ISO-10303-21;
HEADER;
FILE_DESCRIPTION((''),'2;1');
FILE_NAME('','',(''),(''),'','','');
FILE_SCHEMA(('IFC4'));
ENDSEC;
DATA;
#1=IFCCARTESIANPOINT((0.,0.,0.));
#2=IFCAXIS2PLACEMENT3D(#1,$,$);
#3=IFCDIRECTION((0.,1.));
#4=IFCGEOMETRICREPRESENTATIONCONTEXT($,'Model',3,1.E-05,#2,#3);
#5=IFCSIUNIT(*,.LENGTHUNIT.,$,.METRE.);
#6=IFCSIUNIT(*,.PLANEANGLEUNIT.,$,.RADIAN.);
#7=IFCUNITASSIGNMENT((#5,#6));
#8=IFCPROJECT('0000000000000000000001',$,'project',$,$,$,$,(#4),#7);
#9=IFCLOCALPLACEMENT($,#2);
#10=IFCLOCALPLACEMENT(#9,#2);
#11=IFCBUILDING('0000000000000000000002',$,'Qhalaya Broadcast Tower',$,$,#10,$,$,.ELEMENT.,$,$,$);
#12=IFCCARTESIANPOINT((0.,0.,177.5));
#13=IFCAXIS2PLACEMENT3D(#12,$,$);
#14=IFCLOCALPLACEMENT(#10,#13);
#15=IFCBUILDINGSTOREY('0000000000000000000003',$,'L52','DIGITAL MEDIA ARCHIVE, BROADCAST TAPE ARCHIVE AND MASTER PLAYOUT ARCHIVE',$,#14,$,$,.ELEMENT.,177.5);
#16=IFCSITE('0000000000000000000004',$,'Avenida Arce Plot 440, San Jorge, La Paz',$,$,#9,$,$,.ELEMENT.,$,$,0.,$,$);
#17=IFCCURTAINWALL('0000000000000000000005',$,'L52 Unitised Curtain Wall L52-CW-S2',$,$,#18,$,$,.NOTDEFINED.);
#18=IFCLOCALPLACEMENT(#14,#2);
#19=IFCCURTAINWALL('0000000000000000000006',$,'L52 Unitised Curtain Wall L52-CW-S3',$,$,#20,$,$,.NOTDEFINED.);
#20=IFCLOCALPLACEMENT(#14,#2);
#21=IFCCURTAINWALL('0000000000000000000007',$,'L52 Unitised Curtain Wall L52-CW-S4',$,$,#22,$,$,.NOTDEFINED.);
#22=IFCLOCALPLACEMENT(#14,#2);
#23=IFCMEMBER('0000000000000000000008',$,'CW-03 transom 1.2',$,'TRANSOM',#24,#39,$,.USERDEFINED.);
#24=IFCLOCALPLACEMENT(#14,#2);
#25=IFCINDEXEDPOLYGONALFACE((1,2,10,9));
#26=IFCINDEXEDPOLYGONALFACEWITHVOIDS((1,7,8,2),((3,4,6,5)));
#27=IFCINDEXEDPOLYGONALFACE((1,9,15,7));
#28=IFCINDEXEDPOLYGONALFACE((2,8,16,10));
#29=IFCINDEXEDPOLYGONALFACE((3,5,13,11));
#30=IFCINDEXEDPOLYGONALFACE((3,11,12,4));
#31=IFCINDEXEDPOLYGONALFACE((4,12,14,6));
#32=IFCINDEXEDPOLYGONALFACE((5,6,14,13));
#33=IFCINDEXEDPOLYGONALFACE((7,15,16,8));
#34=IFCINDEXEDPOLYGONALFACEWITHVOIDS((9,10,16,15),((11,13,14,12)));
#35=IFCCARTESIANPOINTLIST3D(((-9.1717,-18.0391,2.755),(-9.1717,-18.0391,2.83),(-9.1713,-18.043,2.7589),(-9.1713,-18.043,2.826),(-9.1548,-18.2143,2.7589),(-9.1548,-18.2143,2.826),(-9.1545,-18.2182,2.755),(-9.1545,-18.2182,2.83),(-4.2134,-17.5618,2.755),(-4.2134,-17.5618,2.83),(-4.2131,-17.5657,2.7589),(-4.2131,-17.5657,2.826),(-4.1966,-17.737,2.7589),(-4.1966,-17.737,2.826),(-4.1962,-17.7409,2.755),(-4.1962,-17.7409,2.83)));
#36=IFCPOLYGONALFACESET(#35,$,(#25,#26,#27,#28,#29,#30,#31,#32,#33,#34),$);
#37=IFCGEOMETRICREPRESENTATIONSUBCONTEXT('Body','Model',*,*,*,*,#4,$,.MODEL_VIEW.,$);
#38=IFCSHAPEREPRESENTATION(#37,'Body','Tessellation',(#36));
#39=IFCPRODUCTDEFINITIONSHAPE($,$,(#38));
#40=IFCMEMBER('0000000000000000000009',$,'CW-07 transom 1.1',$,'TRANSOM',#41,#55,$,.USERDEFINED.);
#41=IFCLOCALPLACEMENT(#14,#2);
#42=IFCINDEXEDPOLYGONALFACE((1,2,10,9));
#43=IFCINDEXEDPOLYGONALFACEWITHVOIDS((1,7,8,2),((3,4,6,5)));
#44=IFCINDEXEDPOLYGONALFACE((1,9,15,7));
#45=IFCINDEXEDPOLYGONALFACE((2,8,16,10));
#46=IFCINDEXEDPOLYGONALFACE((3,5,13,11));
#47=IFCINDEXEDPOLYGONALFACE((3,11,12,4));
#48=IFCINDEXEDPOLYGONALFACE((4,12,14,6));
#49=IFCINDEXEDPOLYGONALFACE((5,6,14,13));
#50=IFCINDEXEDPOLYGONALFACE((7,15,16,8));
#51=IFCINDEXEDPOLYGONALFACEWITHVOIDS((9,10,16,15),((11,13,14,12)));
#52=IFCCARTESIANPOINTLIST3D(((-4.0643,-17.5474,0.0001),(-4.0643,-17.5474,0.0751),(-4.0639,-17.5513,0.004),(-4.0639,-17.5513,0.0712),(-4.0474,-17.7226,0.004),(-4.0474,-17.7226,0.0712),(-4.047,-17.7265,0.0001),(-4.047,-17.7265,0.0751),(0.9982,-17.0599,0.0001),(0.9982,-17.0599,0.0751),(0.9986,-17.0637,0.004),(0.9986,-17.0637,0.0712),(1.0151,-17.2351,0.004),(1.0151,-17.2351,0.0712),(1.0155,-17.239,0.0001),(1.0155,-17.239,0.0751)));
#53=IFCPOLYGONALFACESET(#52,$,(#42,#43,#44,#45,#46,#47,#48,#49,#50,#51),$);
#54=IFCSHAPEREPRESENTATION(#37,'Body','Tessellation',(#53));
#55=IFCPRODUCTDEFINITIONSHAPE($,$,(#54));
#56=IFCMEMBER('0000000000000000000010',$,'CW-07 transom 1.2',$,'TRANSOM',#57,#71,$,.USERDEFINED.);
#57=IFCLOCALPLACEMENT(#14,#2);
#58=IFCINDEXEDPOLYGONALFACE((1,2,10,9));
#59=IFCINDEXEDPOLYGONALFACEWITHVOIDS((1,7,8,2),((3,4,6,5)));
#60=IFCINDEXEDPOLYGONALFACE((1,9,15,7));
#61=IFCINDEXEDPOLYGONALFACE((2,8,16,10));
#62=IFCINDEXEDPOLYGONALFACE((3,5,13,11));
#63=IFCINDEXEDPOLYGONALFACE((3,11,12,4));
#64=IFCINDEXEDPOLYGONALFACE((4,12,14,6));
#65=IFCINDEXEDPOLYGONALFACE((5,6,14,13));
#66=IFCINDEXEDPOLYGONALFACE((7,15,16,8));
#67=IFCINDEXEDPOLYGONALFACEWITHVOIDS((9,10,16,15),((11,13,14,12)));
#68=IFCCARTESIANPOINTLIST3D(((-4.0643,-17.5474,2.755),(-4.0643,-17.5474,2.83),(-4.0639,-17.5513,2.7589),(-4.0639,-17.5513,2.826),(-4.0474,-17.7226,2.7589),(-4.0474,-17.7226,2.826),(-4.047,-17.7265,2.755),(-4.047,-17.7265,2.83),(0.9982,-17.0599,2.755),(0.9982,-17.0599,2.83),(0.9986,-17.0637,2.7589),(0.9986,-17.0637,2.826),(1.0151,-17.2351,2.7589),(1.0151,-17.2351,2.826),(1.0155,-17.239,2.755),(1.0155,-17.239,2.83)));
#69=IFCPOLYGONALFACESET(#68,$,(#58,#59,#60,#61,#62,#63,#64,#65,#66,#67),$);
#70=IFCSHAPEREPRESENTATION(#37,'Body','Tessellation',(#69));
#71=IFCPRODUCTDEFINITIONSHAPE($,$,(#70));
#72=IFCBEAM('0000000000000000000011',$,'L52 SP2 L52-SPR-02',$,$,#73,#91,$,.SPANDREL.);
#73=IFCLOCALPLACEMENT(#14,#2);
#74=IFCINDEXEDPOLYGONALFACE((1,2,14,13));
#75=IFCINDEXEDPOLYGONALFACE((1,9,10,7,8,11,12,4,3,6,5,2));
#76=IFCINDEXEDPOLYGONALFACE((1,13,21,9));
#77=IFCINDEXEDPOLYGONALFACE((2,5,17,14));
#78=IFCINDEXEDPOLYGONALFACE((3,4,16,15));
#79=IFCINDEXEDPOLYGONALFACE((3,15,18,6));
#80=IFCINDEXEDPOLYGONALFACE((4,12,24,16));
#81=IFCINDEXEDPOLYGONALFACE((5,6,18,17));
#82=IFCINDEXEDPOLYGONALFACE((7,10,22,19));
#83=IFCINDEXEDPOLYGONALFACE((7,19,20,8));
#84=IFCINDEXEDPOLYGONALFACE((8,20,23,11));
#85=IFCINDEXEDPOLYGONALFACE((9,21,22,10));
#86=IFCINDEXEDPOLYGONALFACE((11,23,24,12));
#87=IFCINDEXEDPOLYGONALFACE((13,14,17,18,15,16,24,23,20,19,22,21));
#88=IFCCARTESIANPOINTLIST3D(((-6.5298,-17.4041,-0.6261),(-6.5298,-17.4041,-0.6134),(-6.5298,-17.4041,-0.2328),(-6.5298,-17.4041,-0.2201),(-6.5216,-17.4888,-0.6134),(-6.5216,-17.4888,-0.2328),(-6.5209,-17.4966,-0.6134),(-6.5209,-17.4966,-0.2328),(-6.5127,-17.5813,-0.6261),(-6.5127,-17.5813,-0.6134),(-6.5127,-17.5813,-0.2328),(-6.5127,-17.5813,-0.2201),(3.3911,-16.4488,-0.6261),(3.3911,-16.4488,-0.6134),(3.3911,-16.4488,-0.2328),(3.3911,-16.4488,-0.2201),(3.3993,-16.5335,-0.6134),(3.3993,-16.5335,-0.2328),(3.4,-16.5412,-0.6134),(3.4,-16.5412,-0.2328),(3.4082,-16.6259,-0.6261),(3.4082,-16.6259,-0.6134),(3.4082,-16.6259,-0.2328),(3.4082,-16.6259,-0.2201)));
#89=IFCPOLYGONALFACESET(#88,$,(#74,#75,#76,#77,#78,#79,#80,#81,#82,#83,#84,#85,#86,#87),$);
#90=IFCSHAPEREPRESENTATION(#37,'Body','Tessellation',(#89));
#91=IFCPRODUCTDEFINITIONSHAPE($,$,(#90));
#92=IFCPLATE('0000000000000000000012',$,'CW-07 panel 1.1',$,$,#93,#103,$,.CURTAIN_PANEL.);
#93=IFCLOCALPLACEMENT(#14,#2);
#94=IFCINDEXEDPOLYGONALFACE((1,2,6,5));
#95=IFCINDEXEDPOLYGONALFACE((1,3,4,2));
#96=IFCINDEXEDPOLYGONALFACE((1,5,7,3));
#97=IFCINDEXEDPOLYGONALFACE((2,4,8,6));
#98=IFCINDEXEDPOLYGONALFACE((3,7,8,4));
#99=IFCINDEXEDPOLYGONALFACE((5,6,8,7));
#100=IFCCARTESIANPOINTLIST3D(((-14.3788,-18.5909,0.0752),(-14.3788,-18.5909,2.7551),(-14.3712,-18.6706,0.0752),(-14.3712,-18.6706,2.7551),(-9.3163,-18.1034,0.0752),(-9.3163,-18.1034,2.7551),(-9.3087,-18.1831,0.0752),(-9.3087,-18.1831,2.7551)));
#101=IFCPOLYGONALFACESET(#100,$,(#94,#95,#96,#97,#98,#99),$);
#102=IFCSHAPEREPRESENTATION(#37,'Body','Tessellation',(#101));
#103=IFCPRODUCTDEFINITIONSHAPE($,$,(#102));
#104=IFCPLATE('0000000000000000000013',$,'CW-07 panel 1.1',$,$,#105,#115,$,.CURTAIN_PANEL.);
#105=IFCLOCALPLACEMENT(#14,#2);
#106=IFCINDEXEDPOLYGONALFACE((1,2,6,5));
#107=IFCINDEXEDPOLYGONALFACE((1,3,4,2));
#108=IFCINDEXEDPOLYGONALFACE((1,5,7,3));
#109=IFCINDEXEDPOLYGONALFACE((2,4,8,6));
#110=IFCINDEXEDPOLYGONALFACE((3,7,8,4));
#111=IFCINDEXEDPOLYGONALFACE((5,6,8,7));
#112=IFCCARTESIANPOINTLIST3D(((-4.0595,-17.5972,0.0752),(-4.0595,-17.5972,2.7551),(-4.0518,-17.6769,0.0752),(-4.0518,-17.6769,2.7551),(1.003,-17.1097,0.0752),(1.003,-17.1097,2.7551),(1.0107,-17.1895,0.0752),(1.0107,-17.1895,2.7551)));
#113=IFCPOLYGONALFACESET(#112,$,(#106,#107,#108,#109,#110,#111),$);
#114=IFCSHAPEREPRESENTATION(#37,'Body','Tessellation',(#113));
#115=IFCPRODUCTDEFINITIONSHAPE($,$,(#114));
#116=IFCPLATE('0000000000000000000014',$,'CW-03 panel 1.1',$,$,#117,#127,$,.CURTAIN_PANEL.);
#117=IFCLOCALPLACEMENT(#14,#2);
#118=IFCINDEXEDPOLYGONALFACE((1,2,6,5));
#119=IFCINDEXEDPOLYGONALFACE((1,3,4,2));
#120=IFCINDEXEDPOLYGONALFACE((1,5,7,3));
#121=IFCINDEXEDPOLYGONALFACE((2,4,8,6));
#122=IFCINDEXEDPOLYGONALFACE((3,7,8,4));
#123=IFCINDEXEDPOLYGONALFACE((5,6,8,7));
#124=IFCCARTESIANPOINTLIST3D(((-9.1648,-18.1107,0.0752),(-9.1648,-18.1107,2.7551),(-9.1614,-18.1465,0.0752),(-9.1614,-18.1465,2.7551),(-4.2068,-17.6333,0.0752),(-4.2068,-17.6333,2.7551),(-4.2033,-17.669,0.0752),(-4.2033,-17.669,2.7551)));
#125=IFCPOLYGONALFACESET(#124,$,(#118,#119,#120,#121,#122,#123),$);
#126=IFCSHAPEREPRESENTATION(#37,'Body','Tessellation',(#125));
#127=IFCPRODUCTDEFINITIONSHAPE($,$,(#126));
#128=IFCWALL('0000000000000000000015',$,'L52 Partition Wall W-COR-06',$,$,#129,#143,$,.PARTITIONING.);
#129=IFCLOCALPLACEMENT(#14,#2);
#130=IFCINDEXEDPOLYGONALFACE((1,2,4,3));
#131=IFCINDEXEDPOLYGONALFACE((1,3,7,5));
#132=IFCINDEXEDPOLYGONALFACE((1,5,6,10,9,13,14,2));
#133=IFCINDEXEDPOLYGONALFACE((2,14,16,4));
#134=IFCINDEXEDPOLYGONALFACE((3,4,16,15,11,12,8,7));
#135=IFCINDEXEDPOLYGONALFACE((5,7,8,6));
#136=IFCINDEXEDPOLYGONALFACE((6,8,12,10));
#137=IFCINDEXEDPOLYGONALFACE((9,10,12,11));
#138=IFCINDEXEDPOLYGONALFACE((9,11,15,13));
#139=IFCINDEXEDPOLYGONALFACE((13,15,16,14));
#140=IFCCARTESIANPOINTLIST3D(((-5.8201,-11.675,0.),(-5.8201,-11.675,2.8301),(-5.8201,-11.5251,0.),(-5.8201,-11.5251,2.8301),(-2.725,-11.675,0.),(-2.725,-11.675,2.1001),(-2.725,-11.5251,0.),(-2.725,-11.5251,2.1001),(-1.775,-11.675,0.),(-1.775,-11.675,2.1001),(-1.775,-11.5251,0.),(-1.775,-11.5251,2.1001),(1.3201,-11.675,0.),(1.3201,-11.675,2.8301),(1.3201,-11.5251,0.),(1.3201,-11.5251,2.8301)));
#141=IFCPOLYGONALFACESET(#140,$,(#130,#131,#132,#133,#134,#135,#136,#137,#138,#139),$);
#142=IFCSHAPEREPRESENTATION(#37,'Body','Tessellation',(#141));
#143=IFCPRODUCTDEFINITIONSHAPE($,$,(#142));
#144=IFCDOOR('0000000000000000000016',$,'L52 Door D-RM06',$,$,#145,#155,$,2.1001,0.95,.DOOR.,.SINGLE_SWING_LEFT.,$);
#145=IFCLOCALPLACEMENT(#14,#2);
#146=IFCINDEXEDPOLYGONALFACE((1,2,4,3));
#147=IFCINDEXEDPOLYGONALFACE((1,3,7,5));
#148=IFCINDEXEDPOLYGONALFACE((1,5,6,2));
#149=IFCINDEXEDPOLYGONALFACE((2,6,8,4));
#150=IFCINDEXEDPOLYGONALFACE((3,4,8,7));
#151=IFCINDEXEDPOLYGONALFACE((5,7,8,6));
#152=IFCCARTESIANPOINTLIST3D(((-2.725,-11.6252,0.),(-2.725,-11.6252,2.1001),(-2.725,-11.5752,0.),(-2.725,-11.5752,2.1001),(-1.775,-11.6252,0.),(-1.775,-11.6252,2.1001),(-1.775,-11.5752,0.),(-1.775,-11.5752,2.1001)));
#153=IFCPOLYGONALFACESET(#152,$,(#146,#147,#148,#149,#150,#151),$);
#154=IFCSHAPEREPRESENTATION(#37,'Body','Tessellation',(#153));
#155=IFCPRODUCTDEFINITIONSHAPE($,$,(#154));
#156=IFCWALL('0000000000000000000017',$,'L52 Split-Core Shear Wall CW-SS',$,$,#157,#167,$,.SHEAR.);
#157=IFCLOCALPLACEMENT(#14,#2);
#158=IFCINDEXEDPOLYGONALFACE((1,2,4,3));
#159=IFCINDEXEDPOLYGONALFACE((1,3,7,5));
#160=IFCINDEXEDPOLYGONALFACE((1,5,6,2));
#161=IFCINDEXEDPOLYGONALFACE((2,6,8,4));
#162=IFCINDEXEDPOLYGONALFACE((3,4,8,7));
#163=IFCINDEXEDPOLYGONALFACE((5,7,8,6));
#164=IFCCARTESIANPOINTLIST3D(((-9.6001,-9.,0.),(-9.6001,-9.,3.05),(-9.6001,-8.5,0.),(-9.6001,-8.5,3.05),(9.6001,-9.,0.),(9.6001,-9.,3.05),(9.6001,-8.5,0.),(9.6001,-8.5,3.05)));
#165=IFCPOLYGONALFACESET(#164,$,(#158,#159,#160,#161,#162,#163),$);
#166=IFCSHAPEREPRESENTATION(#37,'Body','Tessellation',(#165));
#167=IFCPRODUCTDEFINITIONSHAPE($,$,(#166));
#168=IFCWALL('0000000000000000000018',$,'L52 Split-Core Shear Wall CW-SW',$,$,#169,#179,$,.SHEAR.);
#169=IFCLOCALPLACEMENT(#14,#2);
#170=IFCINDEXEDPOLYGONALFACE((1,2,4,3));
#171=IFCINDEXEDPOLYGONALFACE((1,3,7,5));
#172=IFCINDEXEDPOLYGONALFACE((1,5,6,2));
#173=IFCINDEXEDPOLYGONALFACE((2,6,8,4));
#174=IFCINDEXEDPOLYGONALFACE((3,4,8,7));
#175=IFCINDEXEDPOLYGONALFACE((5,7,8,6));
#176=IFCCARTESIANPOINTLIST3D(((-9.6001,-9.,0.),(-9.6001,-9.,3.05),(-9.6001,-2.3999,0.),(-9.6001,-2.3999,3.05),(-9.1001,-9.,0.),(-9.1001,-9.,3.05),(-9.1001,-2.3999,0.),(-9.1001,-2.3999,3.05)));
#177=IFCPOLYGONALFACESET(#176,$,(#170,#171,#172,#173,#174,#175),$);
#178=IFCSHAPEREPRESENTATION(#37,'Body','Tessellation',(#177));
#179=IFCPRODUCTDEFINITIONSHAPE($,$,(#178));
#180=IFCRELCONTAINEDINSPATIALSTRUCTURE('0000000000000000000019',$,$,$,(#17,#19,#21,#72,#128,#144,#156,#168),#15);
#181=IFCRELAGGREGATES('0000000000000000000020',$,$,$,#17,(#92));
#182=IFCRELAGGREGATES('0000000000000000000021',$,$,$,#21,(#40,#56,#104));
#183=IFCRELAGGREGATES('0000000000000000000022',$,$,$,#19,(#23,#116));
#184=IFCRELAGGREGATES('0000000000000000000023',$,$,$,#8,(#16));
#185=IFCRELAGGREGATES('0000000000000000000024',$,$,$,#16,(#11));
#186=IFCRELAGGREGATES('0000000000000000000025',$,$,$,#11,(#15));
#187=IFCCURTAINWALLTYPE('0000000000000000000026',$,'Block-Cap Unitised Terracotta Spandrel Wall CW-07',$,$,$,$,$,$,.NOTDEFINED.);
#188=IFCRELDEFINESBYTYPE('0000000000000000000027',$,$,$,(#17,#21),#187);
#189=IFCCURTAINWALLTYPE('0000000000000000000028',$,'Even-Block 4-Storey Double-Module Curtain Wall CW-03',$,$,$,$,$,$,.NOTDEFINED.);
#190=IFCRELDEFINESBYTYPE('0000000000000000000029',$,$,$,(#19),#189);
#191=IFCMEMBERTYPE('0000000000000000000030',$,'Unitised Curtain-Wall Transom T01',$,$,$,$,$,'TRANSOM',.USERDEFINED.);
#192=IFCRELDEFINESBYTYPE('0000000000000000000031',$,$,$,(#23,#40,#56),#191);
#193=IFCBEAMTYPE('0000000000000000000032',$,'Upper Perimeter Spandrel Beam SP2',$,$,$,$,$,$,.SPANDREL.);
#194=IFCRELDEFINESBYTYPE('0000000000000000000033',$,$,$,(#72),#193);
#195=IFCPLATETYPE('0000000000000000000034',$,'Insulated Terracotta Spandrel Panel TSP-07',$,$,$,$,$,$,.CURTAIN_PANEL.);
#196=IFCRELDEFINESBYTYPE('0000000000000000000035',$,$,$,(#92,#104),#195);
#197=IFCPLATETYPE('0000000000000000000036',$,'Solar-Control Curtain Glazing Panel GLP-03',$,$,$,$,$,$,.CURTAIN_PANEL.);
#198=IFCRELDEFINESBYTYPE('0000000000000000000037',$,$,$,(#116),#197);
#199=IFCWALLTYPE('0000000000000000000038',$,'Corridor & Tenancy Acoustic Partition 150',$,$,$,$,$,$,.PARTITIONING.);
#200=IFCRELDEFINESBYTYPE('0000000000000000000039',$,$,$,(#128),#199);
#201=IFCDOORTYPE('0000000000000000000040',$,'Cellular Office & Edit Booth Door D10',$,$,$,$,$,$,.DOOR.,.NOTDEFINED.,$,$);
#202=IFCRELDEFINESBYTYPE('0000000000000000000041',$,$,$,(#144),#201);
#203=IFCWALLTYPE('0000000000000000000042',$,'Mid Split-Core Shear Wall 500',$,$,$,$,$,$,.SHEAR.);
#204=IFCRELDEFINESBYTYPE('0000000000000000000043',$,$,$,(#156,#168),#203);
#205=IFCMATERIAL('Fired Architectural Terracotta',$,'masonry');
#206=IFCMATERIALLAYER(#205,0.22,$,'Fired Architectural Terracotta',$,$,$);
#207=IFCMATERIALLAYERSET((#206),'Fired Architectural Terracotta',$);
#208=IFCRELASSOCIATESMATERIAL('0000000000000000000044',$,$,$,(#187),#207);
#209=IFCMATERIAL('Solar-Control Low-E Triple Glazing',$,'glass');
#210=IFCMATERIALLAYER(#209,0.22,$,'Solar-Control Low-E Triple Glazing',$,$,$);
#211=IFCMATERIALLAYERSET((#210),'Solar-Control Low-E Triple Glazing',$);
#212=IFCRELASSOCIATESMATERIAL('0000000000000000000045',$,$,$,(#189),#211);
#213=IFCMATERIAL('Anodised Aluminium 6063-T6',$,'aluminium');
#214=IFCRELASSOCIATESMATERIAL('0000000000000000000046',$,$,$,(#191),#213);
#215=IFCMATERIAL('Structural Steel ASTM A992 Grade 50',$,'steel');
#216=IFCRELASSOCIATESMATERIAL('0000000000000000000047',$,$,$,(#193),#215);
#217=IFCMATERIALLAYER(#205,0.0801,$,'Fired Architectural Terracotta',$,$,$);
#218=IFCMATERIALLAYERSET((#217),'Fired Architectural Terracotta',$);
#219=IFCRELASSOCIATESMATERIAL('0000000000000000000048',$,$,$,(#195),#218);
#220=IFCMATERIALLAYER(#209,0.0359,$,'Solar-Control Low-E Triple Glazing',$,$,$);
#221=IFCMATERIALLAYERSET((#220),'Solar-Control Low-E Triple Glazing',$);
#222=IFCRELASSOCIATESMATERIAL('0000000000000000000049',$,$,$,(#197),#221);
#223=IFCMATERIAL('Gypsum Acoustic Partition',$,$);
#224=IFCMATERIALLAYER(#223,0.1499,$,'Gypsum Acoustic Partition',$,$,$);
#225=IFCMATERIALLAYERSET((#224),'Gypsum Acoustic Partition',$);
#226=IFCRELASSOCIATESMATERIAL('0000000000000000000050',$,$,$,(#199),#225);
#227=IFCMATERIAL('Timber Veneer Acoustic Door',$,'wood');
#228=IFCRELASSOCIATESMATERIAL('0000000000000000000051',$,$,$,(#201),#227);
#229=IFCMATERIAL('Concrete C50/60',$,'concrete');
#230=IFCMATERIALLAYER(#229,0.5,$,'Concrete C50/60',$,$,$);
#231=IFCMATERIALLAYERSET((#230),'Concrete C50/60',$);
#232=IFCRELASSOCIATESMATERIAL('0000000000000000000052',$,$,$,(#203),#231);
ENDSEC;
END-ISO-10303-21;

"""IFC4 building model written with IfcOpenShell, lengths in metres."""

from ifc_helpers import new_model, si_unit, direction, frame, frame_2d, origin, origin_2d, place, context, subcontext, project, spatial, rectangle, hollow_rectangle, i_section, extrude, material, layer, layer_set, material_profile, profile_set, type_object, element, fill, aggregate, save


model = new_model("IFC4")

# Units and contexts
model_context = context("Model", 3, precision=1e-05, world=origin(), true_north=direction((0.0, 1.0)))
body_context = subcontext(model_context, "Body", "Model", "MODEL_VIEW")
ifc_project = project(units=[si_unit("LENGTHUNIT", "METRE"), si_unit("PLANEANGLEUNIT", "RADIAN")], contexts=[model_context])

# Site, building, storey
site_placement = place(None, origin())
site = spatial("IfcSite", under=ifc_project, at=site_placement, Name="Avenida Arce Plot 440, San Jorge, La Paz", CompositionType="ELEMENT", RefElevation=0.0)
building_placement = place(site_placement, origin())
building = spatial("IfcBuilding", under=site, at=building_placement, Name="Qhalaya Broadcast Tower", CompositionType="ELEMENT")
storey_placement = place(building_placement, frame((0.0, 0.0, 177.5)))
storey = spatial("IfcBuildingStorey", under=building, at=storey_placement, Name="L52", Description="DIGITAL MEDIA ARCHIVE, BROADCAST TAPE ARCHIVE AND MASTER PLAYOUT ARCHIVE", CompositionType="ELEMENT", Elevation=177.5)

# Shared definitions
ifc_material_1 = material(Name="Structural Steel ASTM A992 Grade 50", Category="steel")

# Curtain wall
ifc_material_2 = material(Name="Fired Architectural Terracotta", Category="masonry")
ifc_layer_1 = layer(ifc_material_2, 0.22, Name="Fired Architectural Terracotta")
ifc_layer_set_1 = layer_set([ifc_layer_1], Name="Fired Architectural Terracotta")
curtain_wall_type_1 = type_object("IfcCurtainWallType", Name="Block-Cap Unitised Terracotta Spandrel Wall CW-07", PredefinedType="NOTDEFINED", material=ifc_layer_set_1)
curtain_wall_1_placement = place(storey_placement, origin())
curtain_wall_1 = element("IfcCurtainWall", 1, at=curtain_wall_1_placement, inside=storey, type_object=curtain_wall_type_1, Name="L52 Unitised Curtain Wall L52-CW-S2", PredefinedType="NOTDEFINED")
ifc_material_3 = material(Name="Anodised Aluminium 6063-T6", Category="aluminium")

# Curtain wall
ifc_material_4 = material(Name="Solar-Control Low-E Triple Glazing", Category="glass")
ifc_layer_2 = layer(ifc_material_4, 0.22, Name="Solar-Control Low-E Triple Glazing")
ifc_layer_set_2 = layer_set([ifc_layer_2], Name="Solar-Control Low-E Triple Glazing")
curtain_wall_type_2 = type_object("IfcCurtainWallType", Name="Even-Block 4-Storey Double-Module Curtain Wall CW-03", PredefinedType="NOTDEFINED", material=ifc_layer_set_2)
curtain_wall_2_placement = place(storey_placement, origin())
curtain_wall_2 = element("IfcCurtainWall", 2, at=curtain_wall_2_placement, inside=storey, type_object=curtain_wall_type_2, Name="L52 Unitised Curtain Wall L52-CW-S3", PredefinedType="NOTDEFINED")

# Curtain wall
curtain_wall_3_placement = place(storey_placement, origin())
curtain_wall_3 = element("IfcCurtainWall", 3, at=curtain_wall_3_placement, inside=storey, type_object=curtain_wall_type_1, Name="L52 Unitised Curtain Wall L52-CW-S4", PredefinedType="NOTDEFINED")

# Members
ifc_material_profile_1 = material_profile(ifc_material_3, hollow_rectangle(XDim=0.075, YDim=0.1799, WallThickness=0.0039, at=origin_2d()), Name="ALU-TRN 75x180x4")
ifc_profile_set_1 = profile_set([ifc_material_profile_1], Name="Anodised Aluminium 6063-T6")
member_type_1 = type_object("IfcMemberType", Name="Unitised Curtain-Wall Transom T01", ElementType="TRANSOM", PredefinedType="USERDEFINED", material=ifc_profile_set_1)
member_1_placement = place(storey_placement, frame((-9.1631, -18.1287, 2.7925), z_axis=(0.995399, 0.09582, 0.0), x_axis=(0.0, 0.0, 1.0)))
member_1 = element("IfcMember", 4, at=member_1_placement, type_object=member_type_1, Name="CW-03 transom 1.2", ObjectType="TRANSOM", PredefinedType="USERDEFINED", context=body_context, shape_type="SweptSolid", body=[
    extrude(hollow_rectangle(XDim=0.075, YDim=0.1799, WallThickness=0.0039, at=origin_2d()), origin(), (0.0, 0.0, 1.0), 4.9812),
])
member_2_placement = place(storey_placement, frame((-4.0557, -17.637, 0.0376), z_axis=(0.995395, 0.095862, 0.0), x_axis=(0.0, 0.0, 1.0)))
member_2 = element("IfcMember", 5, at=member_2_placement, type_object=member_type_1, Name="CW-07 transom 1.1", ObjectType="TRANSOM", PredefinedType="USERDEFINED", context=body_context, shape_type="SweptSolid", body=[
    extrude(hollow_rectangle(XDim=0.075, YDim=0.1799, WallThickness=0.0039, at=origin_2d()), origin(), (0.0, 0.0, 1.0), 5.0859),
])
member_3_placement = place(storey_placement, frame((-4.0557, -17.637, 2.7925), z_axis=(0.995395, 0.095862, 0.0), x_axis=(0.0, 0.0, 1.0)))
member_3 = element("IfcMember", 6, at=member_3_placement, type_object=member_type_1, Name="CW-07 transom 1.2", ObjectType="TRANSOM", PredefinedType="USERDEFINED", context=body_context, shape_type="SweptSolid", body=[
    extrude(hollow_rectangle(XDim=0.075, YDim=0.1799, WallThickness=0.0039, at=origin_2d()), origin(), (0.0, 0.0, 1.0), 5.0859),
])

# Beam
ifc_material_profile_2 = material_profile(ifc_material_1, i_section(OverallWidth=0.178, OverallDepth=0.406, WebThickness=0.0078, FlangeThickness=0.0127, at=origin_2d()), Name="W16X40")
ifc_profile_set_2 = profile_set([ifc_material_profile_2], Name="Structural Steel ASTM A992 Grade 50")
beam_type_1 = type_object("IfcBeamType", Name="Upper Perimeter Spandrel Beam SP2", PredefinedType="SPANDREL", material=ifc_profile_set_2)
beam_1_placement = place(storey_placement, frame((-6.5212, -17.4927, -0.4231), z_axis=(0.995396, 0.095851, 0.0), x_axis=(-0.095851, 0.995396, 0.0)))
element("IfcBeam", 7, at=beam_1_placement, inside=storey, type_object=beam_type_1, Name="L52 SP2 L52-SPR-02", PredefinedType="SPANDREL", context=body_context, shape_type="SweptSolid", body=[
    extrude(i_section(OverallWidth=0.178, OverallDepth=0.406, WebThickness=0.0078, FlangeThickness=0.0127, at=origin_2d()), origin(), (0.0, 0.0, 1.0), 9.9668),
])

# Plates
ifc_layer_3 = layer(ifc_material_2, 0.0801, Name="Fired Architectural Terracotta")
ifc_layer_set_3 = layer_set([ifc_layer_3], Name="Fired Architectural Terracotta")
plate_type_1 = type_object("IfcPlateType", Name="Insulated Terracotta Spandrel Panel TSP-07", PredefinedType="CURTAIN_PANEL", material=ifc_layer_set_3)
plate_1_placement = place(storey_placement, frame((-11.8438, -18.387, 0.0752), z_axis=(0.0, 0.0, 1.0), x_axis=(0.995395, 0.095855, 0.0)))
plate_1 = element("IfcPlate", 8, at=plate_1_placement, type_object=plate_type_1, Name="CW-07 panel 1.1", PredefinedType="CURTAIN_PANEL", context=body_context, shape_type="SweptSolid", body=[
    extrude(rectangle(XDim=5.0859, YDim=0.0801, at=origin_2d()), origin(), (0.0, 0.0, 1.0), 2.6799),
])
aggregate(curtain_wall_1, [plate_1])
plate_2_placement = place(storey_placement, frame((-1.5244, -17.3933, 0.0752), z_axis=(0.0, 0.0, 1.0), x_axis=(0.995397, 0.095837, 0.0)))
plate_2 = element("IfcPlate", 9, at=plate_2_placement, type_object=plate_type_1, Name="CW-07 panel 1.1", PredefinedType="CURTAIN_PANEL", context=body_context, shape_type="SweptSolid", body=[
    extrude(rectangle(XDim=5.0859, YDim=0.0801, at=origin_2d()), origin(), (0.0, 0.0, 1.0), 2.6799),
])
aggregate(curtain_wall_3, [member_2, member_3, plate_2])
ifc_layer_4 = layer(ifc_material_4, 0.0359, Name="Solar-Control Low-E Triple Glazing")
ifc_layer_set_4 = layer_set([ifc_layer_4], Name="Solar-Control Low-E Triple Glazing")
plate_type_2 = type_object("IfcPlateType", Name="Solar-Control Curtain Glazing Panel GLP-03", PredefinedType="CURTAIN_PANEL", material=ifc_layer_set_4)
plate_3_placement = place(storey_placement, frame((-6.6841, -17.8899, 0.0752), z_axis=(0.0, 0.0, 1.0), x_axis=(0.995396, 0.095848, 0.0)))
plate_3 = element("IfcPlate", 10, at=plate_3_placement, type_object=plate_type_2, Name="CW-03 panel 1.1", PredefinedType="CURTAIN_PANEL", context=body_context, shape_type="SweptSolid", body=[
    extrude(rectangle(XDim=4.981, YDim=0.0359, at=origin_2d()), origin(), (0.0, 0.0, 1.0), 2.6799),
])
aggregate(curtain_wall_2, [member_1, plate_3])

# Wall, opening, door
ifc_material_5 = material(Name="Gypsum Acoustic Partition")
ifc_layer_5 = layer(ifc_material_5, 0.1499, Name="Gypsum Acoustic Partition")
ifc_layer_set_5 = layer_set([ifc_layer_5], Name="Gypsum Acoustic Partition")
wall_type_1 = type_object("IfcWallType", Name="Corridor & Tenancy Acoustic Partition 150", PredefinedType="PARTITIONING", material=ifc_layer_set_5)
wall_1_placement = place(storey_placement, frame((-5.8201, -11.6001, 0.0), z_axis=(0.0, 0.0, 1.0), x_axis=(1.0, 0.0, 0.0)))
wall_1 = element("IfcWall", 11, at=wall_1_placement, inside=storey, type_object=wall_type_1, Name="L52 Partition Wall W-COR-06", PredefinedType="PARTITIONING", context=body_context, shape_type="SweptSolid", body=[
    extrude(rectangle(XDim=7.1401, YDim=0.1499, at=frame_2d((3.5701, 0.0))), origin(), (0.0, 0.0, 1.0), 2.8301),
])
opening_placement = place(wall_1_placement, frame((3.095, 0.0, 0.0)))
opening = element("IfcOpeningElement", 12, at=opening_placement, cuts=wall_1, PredefinedType="OPENING", context=body_context, shape_type="SweptSolid", body=[
    extrude(rectangle(XDim=0.95, YDim=2.1001, at=frame_2d((0.4751, 1.05))), frame((0.0, 0.0869, 0.0), z_axis=(0.0, -1.0, 0.0), x_axis=(1.0, 0.0, 0.0)), (0.0, 0.0, 1.0), 0.1738),
])
ifc_material_6 = material(Name="Timber Veneer Acoustic Door", Category="wood")
door_type = type_object("IfcDoorType", Name="Cellular Office & Edit Booth Door D10", OperationType="NOTDEFINED", PredefinedType="DOOR", material=ifc_material_6)
door_placement = place(opening_placement, origin())
door = element("IfcDoor", 13, at=door_placement, inside=storey, type_object=door_type, Name="L52 Door D-RM06", OperationType="SINGLE_SWING_LEFT", OverallHeight=2.1001, OverallWidth=0.95, PredefinedType="DOOR", context=body_context, shape_type="SweptSolid", body=[
    extrude(rectangle(XDim=0.95, YDim=2.1001, at=frame_2d((0.4751, 1.05))), frame((0.0, 0.0249, 0.0), z_axis=(0.0, -1.0, 0.0), x_axis=(1.0, 0.0, 0.0)), (0.0, 0.0, 1.0), 0.05),
])
fill(opening, door)

# Walls
ifc_material_7 = material(Name="Concrete C50/60", Category="concrete")
ifc_layer_6 = layer(ifc_material_7, 0.5, Name="Concrete C50/60")
ifc_layer_set_6 = layer_set([ifc_layer_6], Name="Concrete C50/60")
wall_type_2 = type_object("IfcWallType", Name="Mid Split-Core Shear Wall 500", PredefinedType="SHEAR", material=ifc_layer_set_6)
wall_2_placement = place(storey_placement, frame((-9.6001, -8.75, 0.0), z_axis=(0.0, 0.0, 1.0), x_axis=(1.0, 0.0, 0.0)))
element("IfcWall", 14, at=wall_2_placement, inside=storey, type_object=wall_type_2, Name="L52 Split-Core Shear Wall CW-SS", PredefinedType="SHEAR", context=body_context, shape_type="SweptSolid", body=[
    extrude(rectangle(XDim=19.2002, YDim=0.5, at=frame_2d((9.6001, 0.0))), origin(), (0.0, 0.0, 1.0), 3.05),
])
wall_3_placement = place(storey_placement, frame((-9.3501, -9.0, 0.0), z_axis=(0.0, 0.0, 1.0), x_axis=(0.0, 1.0, 0.0)))
element("IfcWall", 15, at=wall_3_placement, inside=storey, type_object=wall_type_2, Name="L52 Split-Core Shear Wall CW-SW", PredefinedType="SHEAR", context=body_context, shape_type="SweptSolid", body=[
    extrude(rectangle(XDim=6.6001, YDim=0.5, at=frame_2d((3.3, 0.0))), origin(), (0.0, 0.0, 1.0), 3.05),
])

save(model, "model.ifc")
